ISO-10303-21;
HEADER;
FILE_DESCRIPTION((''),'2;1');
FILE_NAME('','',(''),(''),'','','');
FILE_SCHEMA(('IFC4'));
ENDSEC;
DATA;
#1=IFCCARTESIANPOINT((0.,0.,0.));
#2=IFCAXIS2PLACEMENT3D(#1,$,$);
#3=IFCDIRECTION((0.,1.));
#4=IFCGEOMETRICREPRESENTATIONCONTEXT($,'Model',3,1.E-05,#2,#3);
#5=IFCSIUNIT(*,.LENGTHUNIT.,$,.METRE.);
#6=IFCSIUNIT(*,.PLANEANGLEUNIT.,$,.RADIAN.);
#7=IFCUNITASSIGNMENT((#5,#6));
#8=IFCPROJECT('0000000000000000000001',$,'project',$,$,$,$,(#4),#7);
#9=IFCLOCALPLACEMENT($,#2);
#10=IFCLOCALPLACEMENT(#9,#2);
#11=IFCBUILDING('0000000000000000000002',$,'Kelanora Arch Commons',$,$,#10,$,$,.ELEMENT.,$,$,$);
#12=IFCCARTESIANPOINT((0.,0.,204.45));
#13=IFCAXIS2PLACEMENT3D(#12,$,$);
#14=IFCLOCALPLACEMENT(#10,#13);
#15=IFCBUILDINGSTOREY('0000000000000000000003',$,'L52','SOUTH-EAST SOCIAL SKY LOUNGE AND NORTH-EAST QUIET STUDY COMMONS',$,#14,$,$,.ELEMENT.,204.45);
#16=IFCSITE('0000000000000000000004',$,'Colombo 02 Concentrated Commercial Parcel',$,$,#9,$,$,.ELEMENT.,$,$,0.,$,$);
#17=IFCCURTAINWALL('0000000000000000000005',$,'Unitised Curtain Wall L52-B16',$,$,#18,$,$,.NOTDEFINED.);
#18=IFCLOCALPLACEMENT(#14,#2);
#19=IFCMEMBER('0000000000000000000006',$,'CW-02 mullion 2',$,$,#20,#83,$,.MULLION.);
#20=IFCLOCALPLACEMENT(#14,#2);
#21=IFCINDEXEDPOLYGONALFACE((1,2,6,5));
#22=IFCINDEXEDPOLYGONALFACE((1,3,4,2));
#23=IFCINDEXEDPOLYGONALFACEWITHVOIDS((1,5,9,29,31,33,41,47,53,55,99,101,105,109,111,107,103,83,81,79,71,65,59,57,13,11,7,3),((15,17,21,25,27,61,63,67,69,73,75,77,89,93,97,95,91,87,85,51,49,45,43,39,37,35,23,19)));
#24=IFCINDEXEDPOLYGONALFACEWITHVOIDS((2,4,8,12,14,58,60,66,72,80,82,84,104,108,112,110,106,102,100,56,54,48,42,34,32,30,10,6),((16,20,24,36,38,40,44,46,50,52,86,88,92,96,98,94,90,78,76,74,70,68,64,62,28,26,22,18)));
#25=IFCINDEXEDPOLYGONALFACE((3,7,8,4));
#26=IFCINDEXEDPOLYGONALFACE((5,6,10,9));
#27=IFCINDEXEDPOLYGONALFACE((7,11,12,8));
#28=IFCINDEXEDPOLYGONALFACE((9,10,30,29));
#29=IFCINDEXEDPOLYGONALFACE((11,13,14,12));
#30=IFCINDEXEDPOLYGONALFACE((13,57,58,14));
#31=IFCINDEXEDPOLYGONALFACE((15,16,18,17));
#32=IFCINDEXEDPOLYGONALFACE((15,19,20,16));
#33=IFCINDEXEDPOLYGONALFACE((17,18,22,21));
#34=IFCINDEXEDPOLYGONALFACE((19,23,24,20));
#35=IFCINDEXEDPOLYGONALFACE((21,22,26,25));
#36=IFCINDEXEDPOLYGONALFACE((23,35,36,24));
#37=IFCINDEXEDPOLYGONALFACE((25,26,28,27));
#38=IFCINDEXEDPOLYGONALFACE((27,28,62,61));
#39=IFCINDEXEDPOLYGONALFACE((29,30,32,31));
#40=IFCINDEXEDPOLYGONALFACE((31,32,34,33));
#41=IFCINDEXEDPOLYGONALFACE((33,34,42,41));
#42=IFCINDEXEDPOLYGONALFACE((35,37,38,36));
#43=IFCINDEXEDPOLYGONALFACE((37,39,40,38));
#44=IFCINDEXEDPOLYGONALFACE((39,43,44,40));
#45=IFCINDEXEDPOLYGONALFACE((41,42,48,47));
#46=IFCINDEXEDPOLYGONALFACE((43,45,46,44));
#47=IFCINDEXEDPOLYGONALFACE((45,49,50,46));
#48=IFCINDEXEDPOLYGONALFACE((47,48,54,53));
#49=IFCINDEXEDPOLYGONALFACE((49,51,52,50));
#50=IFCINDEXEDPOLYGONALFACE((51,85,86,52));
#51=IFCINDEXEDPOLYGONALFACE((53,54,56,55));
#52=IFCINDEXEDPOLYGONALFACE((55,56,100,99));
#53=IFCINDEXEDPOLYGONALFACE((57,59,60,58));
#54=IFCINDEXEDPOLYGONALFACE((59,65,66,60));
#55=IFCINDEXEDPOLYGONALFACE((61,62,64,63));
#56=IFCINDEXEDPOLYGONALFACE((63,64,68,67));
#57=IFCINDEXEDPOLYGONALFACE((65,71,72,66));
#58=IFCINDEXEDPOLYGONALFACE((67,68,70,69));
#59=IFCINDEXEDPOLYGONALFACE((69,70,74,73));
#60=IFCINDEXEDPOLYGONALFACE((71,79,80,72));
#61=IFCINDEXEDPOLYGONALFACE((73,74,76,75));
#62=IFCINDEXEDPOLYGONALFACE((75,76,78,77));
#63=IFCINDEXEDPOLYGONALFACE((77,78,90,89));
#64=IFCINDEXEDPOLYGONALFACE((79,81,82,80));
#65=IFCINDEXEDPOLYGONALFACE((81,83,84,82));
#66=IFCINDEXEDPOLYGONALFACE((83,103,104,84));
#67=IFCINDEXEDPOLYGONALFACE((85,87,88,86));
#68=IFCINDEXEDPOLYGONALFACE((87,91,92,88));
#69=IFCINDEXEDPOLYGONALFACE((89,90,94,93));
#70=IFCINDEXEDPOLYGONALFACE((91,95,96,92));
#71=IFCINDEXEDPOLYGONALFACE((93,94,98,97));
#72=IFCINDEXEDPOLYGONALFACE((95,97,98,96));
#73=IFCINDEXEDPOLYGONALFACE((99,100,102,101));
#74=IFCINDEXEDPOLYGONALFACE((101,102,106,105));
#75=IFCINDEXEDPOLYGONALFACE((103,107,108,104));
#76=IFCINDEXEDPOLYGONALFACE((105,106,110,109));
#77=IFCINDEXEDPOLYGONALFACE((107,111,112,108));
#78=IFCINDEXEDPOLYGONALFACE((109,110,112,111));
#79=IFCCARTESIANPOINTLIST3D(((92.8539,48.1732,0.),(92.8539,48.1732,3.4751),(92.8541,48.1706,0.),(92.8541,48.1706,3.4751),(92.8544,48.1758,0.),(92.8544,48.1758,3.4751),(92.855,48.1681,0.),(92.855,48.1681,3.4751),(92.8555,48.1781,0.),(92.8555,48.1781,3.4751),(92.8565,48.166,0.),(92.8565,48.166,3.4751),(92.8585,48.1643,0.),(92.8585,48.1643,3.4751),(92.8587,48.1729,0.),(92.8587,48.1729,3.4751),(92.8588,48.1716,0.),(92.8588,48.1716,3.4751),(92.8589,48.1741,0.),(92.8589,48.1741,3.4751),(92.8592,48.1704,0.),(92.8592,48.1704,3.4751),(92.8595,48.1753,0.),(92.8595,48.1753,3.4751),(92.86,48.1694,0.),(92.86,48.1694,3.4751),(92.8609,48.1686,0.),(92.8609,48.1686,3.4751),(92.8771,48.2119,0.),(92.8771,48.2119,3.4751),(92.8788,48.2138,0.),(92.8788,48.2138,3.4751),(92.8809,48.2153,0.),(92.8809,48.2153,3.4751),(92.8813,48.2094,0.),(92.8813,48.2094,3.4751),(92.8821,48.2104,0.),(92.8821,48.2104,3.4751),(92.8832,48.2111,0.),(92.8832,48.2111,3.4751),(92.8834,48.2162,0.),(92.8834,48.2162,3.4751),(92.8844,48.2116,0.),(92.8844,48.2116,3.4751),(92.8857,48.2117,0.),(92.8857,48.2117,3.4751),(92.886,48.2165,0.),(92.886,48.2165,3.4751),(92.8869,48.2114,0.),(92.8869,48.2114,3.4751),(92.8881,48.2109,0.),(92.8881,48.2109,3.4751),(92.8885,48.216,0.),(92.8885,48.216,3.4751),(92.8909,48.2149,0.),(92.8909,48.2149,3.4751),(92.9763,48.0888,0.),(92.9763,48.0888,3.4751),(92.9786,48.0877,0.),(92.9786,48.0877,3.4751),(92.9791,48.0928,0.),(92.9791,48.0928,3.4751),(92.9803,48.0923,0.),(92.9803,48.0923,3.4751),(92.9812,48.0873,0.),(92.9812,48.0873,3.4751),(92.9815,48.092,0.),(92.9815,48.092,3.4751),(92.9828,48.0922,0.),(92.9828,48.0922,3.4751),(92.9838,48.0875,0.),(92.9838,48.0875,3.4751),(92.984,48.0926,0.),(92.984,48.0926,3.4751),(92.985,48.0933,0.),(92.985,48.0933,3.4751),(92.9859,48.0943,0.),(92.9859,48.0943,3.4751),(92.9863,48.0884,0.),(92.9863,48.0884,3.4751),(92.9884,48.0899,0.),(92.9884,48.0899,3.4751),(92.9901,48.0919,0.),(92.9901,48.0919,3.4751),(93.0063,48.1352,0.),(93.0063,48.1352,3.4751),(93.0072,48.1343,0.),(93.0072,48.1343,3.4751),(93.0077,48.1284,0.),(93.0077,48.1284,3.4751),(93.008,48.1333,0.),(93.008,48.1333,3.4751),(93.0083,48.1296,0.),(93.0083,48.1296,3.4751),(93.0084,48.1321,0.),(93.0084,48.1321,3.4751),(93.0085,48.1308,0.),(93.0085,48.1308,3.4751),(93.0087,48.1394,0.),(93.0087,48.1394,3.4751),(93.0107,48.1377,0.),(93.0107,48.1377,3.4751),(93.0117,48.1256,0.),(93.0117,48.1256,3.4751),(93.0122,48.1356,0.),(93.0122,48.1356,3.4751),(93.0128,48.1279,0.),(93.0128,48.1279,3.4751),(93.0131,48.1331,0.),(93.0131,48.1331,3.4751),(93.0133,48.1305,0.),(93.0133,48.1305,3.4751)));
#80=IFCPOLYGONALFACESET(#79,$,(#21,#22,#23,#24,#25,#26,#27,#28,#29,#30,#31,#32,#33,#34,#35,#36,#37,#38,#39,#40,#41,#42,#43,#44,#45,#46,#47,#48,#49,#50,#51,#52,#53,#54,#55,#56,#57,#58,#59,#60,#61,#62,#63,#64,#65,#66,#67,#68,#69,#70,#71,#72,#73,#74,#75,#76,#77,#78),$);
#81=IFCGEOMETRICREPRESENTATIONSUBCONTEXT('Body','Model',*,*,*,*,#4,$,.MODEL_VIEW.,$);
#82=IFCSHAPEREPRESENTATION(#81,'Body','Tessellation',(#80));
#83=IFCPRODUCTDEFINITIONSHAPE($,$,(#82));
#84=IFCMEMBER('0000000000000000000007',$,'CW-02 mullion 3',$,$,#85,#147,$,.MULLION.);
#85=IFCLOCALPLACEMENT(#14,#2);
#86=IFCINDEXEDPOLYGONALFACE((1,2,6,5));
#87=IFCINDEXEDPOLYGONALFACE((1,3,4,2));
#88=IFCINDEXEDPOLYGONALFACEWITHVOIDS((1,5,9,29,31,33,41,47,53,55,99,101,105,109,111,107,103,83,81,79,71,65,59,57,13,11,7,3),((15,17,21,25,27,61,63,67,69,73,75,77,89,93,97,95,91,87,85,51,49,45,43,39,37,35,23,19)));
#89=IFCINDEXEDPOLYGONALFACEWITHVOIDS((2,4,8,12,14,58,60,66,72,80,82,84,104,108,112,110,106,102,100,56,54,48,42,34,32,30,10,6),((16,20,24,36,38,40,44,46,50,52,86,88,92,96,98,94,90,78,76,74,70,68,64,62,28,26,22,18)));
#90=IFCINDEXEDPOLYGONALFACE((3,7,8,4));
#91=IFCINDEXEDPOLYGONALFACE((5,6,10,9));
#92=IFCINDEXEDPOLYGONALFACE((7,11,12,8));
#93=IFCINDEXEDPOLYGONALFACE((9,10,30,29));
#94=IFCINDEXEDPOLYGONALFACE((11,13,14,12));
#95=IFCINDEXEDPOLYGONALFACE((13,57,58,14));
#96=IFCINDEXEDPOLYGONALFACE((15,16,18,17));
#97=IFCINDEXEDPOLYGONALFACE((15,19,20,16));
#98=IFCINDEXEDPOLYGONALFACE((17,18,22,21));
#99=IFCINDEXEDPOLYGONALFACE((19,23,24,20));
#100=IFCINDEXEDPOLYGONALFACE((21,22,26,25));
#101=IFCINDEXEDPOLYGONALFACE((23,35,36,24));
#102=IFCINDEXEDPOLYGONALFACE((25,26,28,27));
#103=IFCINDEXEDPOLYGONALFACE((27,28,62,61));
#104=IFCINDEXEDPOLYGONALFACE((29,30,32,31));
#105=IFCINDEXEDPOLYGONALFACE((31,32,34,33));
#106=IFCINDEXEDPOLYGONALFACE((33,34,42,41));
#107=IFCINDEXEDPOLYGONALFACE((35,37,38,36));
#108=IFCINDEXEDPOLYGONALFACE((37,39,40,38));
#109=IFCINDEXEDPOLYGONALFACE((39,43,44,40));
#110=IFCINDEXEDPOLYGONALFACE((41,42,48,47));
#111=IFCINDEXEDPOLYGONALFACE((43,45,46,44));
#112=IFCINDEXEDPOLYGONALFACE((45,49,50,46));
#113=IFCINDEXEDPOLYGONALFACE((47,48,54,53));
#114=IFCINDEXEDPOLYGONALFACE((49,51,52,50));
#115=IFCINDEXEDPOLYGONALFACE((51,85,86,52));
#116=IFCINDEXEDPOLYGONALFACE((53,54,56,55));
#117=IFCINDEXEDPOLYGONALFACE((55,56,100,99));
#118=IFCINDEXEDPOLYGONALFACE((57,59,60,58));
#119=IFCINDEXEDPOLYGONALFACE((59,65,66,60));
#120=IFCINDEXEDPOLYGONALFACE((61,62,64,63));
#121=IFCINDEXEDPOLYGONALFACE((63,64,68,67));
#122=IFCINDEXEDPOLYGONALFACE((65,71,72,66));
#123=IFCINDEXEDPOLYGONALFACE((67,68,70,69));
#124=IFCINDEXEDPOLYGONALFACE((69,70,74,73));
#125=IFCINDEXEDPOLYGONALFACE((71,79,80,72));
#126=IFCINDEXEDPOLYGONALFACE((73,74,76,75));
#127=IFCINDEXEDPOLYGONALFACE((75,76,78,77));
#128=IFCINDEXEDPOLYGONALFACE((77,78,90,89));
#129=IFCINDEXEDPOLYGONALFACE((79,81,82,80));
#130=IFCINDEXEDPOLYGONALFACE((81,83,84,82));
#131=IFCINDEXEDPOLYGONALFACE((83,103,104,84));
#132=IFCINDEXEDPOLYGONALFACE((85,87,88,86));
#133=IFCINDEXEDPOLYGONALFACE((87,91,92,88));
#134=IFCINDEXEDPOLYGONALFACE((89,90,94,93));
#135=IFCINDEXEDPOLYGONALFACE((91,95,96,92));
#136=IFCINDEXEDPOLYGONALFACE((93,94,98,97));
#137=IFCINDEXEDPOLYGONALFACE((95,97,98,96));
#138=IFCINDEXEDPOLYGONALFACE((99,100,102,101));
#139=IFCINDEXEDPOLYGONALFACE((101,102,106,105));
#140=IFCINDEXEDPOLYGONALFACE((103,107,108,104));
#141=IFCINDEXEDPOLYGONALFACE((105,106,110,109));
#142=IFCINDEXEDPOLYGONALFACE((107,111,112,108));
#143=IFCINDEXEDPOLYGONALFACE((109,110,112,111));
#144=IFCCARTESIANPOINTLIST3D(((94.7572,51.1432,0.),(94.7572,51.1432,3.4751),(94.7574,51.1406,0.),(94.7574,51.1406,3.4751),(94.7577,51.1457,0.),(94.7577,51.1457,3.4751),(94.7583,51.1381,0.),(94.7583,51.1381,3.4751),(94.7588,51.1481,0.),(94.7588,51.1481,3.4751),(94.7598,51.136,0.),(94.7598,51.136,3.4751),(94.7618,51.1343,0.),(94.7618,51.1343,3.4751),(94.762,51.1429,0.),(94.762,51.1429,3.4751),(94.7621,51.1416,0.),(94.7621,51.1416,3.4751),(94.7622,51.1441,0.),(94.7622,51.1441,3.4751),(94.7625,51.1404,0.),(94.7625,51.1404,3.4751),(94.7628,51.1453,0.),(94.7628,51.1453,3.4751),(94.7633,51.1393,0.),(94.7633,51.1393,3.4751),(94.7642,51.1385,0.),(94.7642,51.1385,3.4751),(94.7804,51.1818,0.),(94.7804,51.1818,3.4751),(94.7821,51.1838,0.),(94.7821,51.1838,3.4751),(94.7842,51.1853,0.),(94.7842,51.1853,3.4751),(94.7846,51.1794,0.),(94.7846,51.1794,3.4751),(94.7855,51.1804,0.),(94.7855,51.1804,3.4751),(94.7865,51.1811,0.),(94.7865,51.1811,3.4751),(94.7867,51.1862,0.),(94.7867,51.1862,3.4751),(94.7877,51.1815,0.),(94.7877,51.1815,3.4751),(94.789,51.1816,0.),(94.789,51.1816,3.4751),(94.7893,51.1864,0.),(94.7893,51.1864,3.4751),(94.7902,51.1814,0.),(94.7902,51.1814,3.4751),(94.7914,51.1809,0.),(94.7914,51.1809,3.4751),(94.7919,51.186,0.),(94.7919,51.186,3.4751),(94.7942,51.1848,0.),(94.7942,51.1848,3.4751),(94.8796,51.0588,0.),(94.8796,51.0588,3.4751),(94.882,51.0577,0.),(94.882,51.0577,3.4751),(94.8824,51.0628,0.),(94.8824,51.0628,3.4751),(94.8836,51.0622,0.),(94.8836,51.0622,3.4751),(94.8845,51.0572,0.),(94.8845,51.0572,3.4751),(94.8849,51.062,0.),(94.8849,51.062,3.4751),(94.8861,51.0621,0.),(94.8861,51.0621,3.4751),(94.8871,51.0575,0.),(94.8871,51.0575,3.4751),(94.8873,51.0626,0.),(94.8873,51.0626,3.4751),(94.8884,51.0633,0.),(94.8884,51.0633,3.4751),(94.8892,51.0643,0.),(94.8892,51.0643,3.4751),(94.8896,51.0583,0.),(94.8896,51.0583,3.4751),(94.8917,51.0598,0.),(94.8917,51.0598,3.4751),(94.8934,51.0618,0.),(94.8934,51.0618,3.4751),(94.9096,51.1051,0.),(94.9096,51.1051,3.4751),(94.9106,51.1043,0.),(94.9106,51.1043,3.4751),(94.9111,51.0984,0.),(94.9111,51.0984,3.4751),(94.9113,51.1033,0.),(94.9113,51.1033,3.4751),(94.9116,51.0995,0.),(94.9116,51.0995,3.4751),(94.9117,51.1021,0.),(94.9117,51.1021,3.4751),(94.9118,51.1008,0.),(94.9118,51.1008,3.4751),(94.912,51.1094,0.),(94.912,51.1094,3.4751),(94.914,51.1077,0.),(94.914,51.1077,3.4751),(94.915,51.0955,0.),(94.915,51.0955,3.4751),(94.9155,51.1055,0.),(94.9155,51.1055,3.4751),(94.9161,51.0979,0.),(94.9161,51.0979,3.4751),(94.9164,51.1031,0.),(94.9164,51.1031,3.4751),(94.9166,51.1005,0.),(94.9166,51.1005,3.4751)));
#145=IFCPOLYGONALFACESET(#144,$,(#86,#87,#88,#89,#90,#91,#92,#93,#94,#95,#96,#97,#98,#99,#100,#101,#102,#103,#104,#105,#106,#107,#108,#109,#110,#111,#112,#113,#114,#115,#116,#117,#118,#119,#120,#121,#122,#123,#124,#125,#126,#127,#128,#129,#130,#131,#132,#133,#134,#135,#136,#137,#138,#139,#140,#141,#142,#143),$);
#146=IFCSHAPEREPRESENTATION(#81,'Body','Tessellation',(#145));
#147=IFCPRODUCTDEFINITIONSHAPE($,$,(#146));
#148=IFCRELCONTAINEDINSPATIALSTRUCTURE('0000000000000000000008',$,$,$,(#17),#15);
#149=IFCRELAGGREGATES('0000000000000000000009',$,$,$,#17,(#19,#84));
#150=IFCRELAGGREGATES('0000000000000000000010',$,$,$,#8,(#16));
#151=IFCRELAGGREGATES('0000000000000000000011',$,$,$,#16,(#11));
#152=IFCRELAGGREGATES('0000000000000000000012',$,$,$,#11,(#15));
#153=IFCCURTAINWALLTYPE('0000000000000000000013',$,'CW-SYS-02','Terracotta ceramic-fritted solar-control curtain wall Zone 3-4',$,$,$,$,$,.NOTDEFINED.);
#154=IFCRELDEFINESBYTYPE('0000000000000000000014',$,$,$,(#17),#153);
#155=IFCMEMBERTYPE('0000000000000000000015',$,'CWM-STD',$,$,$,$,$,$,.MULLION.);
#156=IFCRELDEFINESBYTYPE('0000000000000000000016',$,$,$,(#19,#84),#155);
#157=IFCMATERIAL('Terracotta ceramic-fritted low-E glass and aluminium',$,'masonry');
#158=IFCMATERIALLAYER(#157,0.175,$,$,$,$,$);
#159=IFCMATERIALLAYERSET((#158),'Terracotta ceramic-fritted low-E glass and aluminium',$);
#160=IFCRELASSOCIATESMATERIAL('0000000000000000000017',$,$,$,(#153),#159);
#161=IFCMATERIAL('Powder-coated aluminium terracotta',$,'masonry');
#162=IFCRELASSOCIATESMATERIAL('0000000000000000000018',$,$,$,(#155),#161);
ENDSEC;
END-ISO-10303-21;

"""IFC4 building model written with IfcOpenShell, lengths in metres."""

from ifc_helpers import new_model, si_unit, direction, frame, origin, origin_2d, place, context, subcontext, project, spatial, hollow_rectangle, extrude, material, layer, layer_set, material_profile, profile_set, type_object, element, aggregate, save


model = new_model("IFC4")

# Units and contexts
model_context = context("Model", 3, precision=1e-05, world=origin(), true_north=direction((0.0, 1.0)))
body_context = subcontext(model_context, "Body", "Model", "MODEL_VIEW")
ifc_project = project(units=[si_unit("LENGTHUNIT", "METRE"), si_unit("PLANEANGLEUNIT", "RADIAN")], contexts=[model_context])

# Site, building, storey
site_placement = place(None, origin())
site = spatial("IfcSite", under=ifc_project, at=site_placement, Name="Colombo 02 Concentrated Commercial Parcel", CompositionType="ELEMENT", RefElevation=0.0)
building_placement = place(site_placement, origin())
building = spatial("IfcBuilding", under=site, at=building_placement, Name="Kelanora Arch Commons", CompositionType="ELEMENT")
storey_placement = place(building_placement, frame((0.0, 0.0, 204.45)))
storey = spatial("IfcBuildingStorey", under=building, at=storey_placement, Name="L52", Description="SOUTH-EAST SOCIAL SKY LOUNGE AND NORTH-EAST QUIET STUDY COMMONS", CompositionType="ELEMENT", Elevation=204.45)

# Curtain wall, members
ifc_material_1 = material(Name="Terracotta ceramic-fritted low-E glass and aluminium", Category="masonry")
ifc_layer_1 = layer(ifc_material_1, 0.175)
ifc_layer_set_1 = layer_set([ifc_layer_1], Name="Terracotta ceramic-fritted low-E glass and aluminium")
curtain_wall_type = type_object("IfcCurtainWallType", Name="CW-SYS-02", Description="Terracotta ceramic-fritted solar-control curtain wall Zone 3-4", PredefinedType="NOTDEFINED", material=ifc_layer_set_1)
curtain_wall_placement = place(storey_placement, origin())
curtain_wall = element("IfcCurtainWall", 1, at=curtain_wall_placement, inside=storey, type_object=curtain_wall_type, Name="Unitised Curtain Wall L52-B16", PredefinedType="NOTDEFINED")
ifc_material_2 = material(Name="Powder-coated aluminium terracotta", Category="masonry")
ifc_material_profile_1 = material_profile(ifc_material_2, hollow_rectangle(XDim=0.1599, YDim=0.0601, WallThickness=0.0049, InnerFilletRadius=0.0049, OuterFilletRadius=0.01, at=origin_2d()), Name="CWM160x60")
ifc_profile_set_1 = profile_set([ifc_material_profile_1], Name="Powder-coated aluminium terracotta")
member_type_1 = type_object("IfcMemberType", Name="CWM-STD", PredefinedType="MULLION", material=ifc_profile_set_1)
member_1_placement = place(storey_placement, frame((92.9336, 48.1519, 0.0), z_axis=(0.0, 0.0, 1.0), x_axis=(-0.841948, 0.539559, 0.0)))
member_1 = element("IfcMember", 2, at=member_1_placement, type_object=member_type_1, Name="CW-02 mullion 2", PredefinedType="MULLION", context=body_context, shape_type="SweptSolid", body=[
    extrude(hollow_rectangle(XDim=0.1599, YDim=0.0601, WallThickness=0.0049, InnerFilletRadius=0.0049, OuterFilletRadius=0.01, at=origin_2d()), origin(), (0.0, 0.0, 1.0), 3.4751),
])
member_2_placement = place(storey_placement, frame((94.8369, 51.1218, 0.0), z_axis=(0.0, 0.0, 1.0), x_axis=(-0.841948, 0.539559, 0.0)))
member_2 = element("IfcMember", 3, at=member_2_placement, type_object=member_type_1, Name="CW-02 mullion 3", PredefinedType="MULLION", context=body_context, shape_type="SweptSolid", body=[
    extrude(hollow_rectangle(XDim=0.1599, YDim=0.0601, WallThickness=0.0049, InnerFilletRadius=0.0049, OuterFilletRadius=0.01, at=origin_2d()), origin(), (0.0, 0.0, 1.0), 3.4751),
])
aggregate(curtain_wall, [member_1, member_2])

save(model, "model.ifc")
